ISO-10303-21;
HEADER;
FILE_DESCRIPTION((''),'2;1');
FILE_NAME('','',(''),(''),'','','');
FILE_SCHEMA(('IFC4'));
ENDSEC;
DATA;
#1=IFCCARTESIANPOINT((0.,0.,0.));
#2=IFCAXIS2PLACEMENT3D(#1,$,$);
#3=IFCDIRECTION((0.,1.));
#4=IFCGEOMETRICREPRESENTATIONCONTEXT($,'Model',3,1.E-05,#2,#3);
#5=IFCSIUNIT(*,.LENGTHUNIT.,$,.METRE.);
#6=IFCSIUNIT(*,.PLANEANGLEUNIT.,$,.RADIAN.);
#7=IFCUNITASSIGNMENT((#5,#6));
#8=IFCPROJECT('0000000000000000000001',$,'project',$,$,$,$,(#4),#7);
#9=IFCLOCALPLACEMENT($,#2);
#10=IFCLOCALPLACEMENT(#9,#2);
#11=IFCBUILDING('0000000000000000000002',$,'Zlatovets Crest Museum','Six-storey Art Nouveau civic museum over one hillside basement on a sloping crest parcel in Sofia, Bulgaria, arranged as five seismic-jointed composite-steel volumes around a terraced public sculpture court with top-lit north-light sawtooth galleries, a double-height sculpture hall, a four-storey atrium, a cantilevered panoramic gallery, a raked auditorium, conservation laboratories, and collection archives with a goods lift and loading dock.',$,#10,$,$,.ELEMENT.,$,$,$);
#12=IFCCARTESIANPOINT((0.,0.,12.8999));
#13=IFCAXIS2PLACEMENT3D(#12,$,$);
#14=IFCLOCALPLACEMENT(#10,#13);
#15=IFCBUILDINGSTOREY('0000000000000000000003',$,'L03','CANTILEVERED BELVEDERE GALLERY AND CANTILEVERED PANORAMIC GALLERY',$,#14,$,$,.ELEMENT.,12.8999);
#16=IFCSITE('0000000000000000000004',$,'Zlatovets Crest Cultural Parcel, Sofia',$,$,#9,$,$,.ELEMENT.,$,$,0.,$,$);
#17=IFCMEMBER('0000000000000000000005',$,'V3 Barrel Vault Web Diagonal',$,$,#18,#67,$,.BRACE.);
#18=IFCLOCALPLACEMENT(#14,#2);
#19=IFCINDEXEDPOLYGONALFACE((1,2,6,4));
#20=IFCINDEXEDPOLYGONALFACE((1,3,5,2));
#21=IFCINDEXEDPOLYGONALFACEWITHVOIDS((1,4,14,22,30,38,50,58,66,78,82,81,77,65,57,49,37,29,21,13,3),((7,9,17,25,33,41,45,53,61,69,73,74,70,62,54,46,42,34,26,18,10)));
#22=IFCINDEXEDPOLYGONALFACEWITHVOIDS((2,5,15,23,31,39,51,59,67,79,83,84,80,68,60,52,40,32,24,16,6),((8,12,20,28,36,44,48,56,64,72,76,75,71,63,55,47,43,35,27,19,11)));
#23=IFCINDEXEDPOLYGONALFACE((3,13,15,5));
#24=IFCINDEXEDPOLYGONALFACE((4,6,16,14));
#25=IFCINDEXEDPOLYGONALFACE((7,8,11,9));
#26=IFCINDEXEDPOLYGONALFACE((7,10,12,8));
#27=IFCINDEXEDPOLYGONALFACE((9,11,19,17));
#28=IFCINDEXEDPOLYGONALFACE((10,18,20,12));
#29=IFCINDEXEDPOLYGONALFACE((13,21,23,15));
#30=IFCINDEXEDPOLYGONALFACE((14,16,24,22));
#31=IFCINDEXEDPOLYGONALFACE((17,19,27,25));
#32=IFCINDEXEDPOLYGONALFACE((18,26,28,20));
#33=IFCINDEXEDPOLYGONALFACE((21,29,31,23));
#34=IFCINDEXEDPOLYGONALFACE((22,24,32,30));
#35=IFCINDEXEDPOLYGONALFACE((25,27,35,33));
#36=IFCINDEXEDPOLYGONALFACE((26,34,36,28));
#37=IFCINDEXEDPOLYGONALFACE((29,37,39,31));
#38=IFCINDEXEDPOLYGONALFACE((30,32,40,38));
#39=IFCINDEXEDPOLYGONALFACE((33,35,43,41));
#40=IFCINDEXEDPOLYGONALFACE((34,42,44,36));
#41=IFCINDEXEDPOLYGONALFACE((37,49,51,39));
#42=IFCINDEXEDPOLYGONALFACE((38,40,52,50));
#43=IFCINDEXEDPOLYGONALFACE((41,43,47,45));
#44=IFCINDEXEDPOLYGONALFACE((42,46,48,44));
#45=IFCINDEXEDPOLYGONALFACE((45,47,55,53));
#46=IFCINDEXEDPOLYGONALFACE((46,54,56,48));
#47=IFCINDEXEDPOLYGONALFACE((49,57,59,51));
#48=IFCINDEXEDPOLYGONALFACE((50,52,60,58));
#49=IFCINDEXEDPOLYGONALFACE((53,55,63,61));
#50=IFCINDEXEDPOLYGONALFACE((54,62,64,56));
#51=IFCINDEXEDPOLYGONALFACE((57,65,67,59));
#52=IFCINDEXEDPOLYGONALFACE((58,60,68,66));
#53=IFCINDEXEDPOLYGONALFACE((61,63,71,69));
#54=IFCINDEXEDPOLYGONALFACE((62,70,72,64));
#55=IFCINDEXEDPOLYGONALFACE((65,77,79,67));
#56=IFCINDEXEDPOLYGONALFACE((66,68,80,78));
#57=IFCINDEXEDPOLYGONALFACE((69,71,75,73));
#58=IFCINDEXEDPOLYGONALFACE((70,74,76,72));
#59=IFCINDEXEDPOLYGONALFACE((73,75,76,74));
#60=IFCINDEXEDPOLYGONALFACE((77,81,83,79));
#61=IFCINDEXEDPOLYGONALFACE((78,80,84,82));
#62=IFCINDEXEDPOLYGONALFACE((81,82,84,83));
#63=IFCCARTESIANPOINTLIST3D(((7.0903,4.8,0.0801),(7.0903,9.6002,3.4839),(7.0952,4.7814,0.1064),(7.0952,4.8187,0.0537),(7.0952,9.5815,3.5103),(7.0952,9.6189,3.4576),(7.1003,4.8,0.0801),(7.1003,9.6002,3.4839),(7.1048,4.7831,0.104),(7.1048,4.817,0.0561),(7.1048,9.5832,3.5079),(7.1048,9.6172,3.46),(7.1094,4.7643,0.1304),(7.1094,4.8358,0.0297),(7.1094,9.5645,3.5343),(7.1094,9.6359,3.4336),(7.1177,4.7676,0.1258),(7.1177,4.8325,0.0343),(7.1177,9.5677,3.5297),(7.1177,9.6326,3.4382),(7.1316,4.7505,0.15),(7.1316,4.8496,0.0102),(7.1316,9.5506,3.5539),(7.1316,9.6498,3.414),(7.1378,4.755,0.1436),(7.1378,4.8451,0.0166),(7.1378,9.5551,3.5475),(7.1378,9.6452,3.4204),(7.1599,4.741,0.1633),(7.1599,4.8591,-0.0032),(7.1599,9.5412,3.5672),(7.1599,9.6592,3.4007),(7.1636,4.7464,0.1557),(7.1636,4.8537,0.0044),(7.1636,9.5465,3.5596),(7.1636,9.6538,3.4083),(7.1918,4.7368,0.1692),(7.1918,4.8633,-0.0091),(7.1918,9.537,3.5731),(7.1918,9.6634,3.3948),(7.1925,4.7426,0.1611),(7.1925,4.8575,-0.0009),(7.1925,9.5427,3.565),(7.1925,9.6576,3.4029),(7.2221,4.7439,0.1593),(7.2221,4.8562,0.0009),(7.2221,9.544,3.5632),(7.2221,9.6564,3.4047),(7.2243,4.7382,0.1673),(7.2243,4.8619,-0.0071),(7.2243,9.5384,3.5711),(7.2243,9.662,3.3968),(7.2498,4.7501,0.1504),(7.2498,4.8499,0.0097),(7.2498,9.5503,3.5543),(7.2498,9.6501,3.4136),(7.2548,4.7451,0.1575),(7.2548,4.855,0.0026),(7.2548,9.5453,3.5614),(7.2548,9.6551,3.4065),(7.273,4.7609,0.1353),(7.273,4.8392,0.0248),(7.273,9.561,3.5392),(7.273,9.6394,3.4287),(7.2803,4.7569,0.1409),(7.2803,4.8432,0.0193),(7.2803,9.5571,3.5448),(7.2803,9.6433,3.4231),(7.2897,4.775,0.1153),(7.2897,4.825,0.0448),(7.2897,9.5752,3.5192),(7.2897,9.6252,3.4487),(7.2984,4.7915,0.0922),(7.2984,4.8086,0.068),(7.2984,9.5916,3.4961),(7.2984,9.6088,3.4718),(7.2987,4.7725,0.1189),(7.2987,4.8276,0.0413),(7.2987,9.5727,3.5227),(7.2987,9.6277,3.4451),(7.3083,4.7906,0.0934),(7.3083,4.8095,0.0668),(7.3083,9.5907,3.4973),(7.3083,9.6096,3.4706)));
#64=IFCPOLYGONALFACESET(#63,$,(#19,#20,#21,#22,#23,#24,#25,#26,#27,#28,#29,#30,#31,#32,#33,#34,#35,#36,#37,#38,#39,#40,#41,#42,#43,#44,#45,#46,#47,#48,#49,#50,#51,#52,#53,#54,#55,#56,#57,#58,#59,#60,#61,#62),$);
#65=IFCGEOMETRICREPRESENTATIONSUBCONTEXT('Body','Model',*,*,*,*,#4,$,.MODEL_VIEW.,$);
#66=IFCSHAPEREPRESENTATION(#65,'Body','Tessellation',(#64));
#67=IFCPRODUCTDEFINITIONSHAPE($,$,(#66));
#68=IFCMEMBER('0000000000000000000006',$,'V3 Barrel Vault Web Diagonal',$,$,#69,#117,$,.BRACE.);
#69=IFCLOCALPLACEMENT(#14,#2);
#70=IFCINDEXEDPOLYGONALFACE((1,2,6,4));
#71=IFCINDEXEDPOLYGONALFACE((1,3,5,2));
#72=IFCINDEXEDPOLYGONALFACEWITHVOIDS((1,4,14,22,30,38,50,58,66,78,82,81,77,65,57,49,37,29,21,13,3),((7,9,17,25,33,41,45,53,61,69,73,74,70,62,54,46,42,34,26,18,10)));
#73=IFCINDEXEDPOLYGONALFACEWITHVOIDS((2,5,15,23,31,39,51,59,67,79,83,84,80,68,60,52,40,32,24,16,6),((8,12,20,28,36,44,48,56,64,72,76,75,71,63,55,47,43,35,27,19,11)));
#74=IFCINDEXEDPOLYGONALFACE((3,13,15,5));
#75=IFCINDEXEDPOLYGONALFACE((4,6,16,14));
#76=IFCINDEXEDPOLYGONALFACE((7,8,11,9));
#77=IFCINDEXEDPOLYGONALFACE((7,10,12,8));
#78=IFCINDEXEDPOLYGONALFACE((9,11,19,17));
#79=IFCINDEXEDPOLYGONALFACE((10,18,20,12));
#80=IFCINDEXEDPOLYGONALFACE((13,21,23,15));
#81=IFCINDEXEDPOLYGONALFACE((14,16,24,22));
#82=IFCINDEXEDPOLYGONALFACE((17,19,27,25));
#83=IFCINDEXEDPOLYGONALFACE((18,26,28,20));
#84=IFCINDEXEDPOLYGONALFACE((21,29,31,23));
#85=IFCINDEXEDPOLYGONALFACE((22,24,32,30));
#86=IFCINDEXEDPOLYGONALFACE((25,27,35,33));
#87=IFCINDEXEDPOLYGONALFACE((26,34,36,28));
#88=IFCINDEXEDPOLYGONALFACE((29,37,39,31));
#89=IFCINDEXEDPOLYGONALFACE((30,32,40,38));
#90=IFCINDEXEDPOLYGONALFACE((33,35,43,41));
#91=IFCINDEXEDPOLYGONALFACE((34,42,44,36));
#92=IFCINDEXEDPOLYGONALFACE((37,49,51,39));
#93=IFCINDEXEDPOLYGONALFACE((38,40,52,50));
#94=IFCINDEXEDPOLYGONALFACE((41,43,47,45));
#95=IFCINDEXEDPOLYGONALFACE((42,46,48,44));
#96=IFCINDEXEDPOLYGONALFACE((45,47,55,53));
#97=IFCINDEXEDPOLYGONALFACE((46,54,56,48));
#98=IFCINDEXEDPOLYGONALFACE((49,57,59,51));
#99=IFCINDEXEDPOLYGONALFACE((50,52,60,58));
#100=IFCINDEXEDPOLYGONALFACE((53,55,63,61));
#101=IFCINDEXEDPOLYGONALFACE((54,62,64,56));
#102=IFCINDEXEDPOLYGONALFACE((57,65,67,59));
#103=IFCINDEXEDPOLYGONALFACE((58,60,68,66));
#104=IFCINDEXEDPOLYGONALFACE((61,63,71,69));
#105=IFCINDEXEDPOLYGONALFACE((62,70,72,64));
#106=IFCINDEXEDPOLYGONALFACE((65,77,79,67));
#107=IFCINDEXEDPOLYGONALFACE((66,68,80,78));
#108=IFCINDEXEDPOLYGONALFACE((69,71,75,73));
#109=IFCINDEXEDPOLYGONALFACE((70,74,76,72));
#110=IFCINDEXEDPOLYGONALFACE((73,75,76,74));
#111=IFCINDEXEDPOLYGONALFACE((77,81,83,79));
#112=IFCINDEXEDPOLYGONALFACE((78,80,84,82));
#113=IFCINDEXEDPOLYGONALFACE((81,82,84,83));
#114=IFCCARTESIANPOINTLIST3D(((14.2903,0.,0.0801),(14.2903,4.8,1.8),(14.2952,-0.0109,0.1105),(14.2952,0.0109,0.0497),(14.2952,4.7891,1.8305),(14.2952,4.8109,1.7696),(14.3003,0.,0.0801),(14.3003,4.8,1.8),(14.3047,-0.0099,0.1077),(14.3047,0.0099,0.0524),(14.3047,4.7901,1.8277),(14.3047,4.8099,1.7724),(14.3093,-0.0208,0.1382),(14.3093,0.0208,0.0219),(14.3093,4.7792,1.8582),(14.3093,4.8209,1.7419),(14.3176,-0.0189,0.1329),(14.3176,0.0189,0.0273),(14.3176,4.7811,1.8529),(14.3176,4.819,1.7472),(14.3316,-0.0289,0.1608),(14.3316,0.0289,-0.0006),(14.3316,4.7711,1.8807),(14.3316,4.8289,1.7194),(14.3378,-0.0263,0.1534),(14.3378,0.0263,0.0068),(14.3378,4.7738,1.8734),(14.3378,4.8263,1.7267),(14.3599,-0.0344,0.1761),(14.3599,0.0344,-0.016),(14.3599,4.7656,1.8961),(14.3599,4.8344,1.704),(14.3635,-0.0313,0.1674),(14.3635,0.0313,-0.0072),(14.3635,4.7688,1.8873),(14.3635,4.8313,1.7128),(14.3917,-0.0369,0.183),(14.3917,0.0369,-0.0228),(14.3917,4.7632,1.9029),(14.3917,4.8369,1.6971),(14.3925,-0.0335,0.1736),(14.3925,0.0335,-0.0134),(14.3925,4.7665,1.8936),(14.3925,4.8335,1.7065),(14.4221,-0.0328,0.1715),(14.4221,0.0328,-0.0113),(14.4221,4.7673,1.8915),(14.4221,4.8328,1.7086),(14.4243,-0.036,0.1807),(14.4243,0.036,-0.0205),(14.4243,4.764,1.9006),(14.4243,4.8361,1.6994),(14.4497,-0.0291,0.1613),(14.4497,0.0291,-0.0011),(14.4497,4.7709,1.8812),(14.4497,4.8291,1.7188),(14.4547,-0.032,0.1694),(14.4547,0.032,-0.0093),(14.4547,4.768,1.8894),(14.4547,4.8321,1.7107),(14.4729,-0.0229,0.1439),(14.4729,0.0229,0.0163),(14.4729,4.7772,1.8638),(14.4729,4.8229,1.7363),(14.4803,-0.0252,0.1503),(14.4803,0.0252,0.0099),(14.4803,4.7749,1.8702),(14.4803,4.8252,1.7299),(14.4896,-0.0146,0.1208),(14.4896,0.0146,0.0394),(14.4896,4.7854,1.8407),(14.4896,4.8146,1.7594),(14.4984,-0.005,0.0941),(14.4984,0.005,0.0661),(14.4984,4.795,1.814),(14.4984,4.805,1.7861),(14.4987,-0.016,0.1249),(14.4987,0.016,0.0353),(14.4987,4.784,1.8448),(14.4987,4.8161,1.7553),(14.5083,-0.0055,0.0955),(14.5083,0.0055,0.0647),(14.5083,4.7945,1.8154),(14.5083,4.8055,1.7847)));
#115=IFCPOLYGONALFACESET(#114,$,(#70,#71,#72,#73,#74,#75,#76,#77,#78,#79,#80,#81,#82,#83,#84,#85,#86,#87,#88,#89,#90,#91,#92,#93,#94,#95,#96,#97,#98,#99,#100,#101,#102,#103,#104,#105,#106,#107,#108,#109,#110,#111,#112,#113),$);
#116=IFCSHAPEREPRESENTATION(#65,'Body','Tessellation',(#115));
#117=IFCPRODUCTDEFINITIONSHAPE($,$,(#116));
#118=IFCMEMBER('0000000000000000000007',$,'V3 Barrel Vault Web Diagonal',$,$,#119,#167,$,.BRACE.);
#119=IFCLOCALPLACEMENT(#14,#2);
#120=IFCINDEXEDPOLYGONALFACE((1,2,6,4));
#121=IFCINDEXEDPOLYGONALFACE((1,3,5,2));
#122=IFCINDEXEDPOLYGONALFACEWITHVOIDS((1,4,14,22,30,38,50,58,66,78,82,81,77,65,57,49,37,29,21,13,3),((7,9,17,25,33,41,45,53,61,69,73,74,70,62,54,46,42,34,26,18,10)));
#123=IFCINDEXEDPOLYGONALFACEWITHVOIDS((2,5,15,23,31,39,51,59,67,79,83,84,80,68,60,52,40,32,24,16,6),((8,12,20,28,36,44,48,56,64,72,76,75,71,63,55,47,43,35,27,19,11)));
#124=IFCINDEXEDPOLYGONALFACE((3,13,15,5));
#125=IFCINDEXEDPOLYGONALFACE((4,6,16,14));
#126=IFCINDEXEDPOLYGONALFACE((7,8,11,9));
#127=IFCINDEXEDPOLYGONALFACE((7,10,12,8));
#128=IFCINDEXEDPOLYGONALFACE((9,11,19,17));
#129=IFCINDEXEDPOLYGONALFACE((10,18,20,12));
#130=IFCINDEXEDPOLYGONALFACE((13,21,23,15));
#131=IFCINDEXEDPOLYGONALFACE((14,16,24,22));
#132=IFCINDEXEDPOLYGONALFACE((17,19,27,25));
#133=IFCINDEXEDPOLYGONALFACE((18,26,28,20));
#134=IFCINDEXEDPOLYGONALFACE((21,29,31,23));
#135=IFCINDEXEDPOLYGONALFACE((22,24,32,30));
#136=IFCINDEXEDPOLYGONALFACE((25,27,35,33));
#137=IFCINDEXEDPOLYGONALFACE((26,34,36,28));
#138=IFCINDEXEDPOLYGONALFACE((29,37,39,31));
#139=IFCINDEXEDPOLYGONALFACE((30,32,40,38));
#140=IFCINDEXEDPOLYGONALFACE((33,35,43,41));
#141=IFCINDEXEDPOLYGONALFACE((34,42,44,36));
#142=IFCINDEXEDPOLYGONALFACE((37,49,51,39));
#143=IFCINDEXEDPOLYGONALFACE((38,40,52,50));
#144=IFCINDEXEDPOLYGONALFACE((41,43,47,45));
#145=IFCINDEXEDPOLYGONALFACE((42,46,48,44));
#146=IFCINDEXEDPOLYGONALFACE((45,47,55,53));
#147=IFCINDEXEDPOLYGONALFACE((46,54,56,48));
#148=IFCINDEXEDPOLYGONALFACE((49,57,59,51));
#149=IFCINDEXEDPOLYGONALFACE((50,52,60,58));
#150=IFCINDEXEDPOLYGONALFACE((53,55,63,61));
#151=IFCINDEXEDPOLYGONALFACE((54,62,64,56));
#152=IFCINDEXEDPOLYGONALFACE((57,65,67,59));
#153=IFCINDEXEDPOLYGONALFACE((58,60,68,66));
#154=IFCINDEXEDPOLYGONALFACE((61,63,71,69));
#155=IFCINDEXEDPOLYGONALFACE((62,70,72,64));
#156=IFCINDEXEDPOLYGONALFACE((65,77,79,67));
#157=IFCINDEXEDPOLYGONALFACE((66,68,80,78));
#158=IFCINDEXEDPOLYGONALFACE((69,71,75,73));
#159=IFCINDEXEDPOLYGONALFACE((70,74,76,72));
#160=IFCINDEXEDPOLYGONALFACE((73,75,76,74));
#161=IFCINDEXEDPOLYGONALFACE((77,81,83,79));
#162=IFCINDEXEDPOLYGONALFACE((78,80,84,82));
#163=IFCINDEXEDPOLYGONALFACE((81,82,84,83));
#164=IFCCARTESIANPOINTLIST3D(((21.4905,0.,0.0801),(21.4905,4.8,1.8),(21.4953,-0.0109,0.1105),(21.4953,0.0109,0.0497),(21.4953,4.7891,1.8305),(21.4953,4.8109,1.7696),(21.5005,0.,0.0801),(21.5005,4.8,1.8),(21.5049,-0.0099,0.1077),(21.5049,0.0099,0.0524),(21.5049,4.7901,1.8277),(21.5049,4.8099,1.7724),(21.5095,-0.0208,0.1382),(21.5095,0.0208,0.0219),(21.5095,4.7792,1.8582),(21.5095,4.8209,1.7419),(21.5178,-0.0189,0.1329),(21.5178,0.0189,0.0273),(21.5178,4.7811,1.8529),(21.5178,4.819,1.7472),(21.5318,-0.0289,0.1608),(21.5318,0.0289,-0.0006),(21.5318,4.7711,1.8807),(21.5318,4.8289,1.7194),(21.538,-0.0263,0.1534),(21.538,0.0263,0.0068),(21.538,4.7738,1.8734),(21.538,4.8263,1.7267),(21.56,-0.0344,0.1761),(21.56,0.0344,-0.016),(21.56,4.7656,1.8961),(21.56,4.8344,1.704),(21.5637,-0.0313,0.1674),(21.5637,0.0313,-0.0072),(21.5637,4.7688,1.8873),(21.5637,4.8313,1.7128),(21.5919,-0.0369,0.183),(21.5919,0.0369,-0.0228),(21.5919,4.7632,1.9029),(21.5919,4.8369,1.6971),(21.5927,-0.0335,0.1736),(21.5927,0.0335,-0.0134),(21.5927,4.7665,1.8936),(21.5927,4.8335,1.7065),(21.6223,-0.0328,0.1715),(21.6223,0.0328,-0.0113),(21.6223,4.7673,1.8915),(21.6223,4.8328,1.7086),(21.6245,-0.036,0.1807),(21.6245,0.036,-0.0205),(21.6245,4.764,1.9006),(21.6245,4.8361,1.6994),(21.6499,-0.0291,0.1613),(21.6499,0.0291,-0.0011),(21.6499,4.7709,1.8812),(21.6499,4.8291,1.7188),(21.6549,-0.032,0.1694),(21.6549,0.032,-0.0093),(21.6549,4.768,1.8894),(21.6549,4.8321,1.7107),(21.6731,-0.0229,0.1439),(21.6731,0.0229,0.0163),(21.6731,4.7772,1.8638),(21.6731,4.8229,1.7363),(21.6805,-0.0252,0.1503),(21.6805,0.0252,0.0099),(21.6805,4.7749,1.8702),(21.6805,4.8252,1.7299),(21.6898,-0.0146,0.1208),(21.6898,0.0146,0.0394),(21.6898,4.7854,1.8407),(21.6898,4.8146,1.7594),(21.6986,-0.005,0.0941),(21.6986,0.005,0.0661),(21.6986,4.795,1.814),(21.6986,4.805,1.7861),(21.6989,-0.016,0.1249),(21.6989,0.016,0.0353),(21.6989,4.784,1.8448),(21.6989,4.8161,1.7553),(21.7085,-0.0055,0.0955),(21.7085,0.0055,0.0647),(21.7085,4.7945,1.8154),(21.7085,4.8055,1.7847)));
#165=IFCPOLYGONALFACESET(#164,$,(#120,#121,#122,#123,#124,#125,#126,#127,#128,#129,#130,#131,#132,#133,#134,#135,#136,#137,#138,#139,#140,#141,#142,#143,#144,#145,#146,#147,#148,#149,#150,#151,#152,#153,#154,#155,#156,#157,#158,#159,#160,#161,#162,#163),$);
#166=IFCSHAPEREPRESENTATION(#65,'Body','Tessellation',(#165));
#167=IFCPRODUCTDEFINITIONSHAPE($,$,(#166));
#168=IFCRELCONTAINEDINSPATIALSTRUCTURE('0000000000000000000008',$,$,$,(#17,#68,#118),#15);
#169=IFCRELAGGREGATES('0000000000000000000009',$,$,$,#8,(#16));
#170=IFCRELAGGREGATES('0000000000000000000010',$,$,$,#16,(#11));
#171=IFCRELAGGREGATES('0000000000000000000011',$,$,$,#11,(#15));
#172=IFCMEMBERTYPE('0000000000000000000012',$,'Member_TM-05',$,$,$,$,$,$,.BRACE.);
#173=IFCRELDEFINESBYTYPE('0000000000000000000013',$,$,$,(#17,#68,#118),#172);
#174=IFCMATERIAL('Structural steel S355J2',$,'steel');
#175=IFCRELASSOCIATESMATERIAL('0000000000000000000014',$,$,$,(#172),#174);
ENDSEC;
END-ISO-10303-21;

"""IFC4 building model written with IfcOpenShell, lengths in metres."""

from ifc_helpers import new_model, si_unit, direction, frame, origin, origin_2d, place, context, subcontext, project, spatial, hollow_circle, extrude, material, material_profile, profile_set, type_object, element, save


model = new_model("IFC4")

# Units and contexts
model_context = context("Model", 3, precision=1e-05, world=origin(), true_north=direction((0.0, 1.0)))
body_context = subcontext(model_context, "Body", "Model", "MODEL_VIEW")
ifc_project = project(units=[si_unit("LENGTHUNIT", "METRE"), si_unit("PLANEANGLEUNIT", "RADIAN")], contexts=[model_context])

# Site, building, storey
site_placement = place(None, origin())
site = spatial("IfcSite", under=ifc_project, at=site_placement, Name="Zlatovets Crest Cultural Parcel, Sofia", CompositionType="ELEMENT", RefElevation=0.0)
building_placement = place(site_placement, origin())
building = spatial("IfcBuilding", under=site, at=building_placement, Name="Zlatovets Crest Museum", Description="Six-storey Art Nouveau civic museum over one hillside basement on a sloping crest parcel in Sofia, Bulgaria, arranged as five seismic-jointed composite-steel volumes around a terraced public sculpture court with top-lit north-light sawtooth galleries, a double-height sculpture hall, a four-storey atrium, a cantilevered panoramic gallery, a raked auditorium, conservation laboratories, and collection archives with a goods lift and loading dock.", CompositionType="ELEMENT")
storey_placement = place(building_placement, frame((0.0, 0.0, 12.8999)))
storey = spatial("IfcBuildingStorey", under=building, at=storey_placement, Name="L03", Description="CANTILEVERED BELVEDERE GALLERY AND CANTILEVERED PANORAMIC GALLERY", CompositionType="ELEMENT", Elevation=12.8999)

# Shared definitions
ifc_material_1 = material(Name="Structural steel S355J2", Category="steel")

# Members
ifc_material_profile_1 = material_profile(ifc_material_1, hollow_circle(Radius=0.1096, WallThickness=0.01, at=origin_2d()), Name="CHS 219.1x10.0")
ifc_profile_set_1 = profile_set([ifc_material_profile_1], Name="Structural steel S355J2")
member_type_1 = type_object("IfcMemberType", Name="Member_TM-05", PredefinedType="BRACE", material=ifc_profile_set_1)
member_1_placement = place(storey_placement, frame((7.2, 4.8, 0.0801), z_axis=(0.0, 0.815722, 0.578444), x_axis=(-1.0, 0.0, 0.0)))
element("IfcMember", 1, at=member_1_placement, inside=storey, type_object=member_type_1, Name="V3 Barrel Vault Web Diagonal", PredefinedType="BRACE", context=body_context, shape_type="SweptSolid", body=[
    extrude(hollow_circle(Radius=0.1096, WallThickness=0.01, at=origin_2d()), origin(), (0.0, 0.0, 1.0), 5.8845),
])
for number, where, z_axis, x_axis, name in (
    (2, (14.3999, 0.0, 0.0801), (0.0, 0.941389, 0.337322), (-1.0, 0.0, 0.0), "V3 Barrel Vault Web Diagonal"),
    (3, (21.6001, 0.0, 0.0801), (0.0, 0.941389, 0.337322), (-1.0, 0.0, 0.0), "V3 Barrel Vault Web Diagonal"),
):
    element("IfcMember", number, at=place(storey_placement, frame(where, z_axis=z_axis, x_axis=x_axis)), inside=storey, type_object=member_type_1, Name=name, PredefinedType="BRACE", context=body_context, shape_type="SweptSolid", body=[
        extrude(hollow_circle(Radius=0.1096, WallThickness=0.01, at=origin_2d()), origin(), (0.0, 0.0, 1.0), 5.0989),
    ])

save(model, "model.ifc")
